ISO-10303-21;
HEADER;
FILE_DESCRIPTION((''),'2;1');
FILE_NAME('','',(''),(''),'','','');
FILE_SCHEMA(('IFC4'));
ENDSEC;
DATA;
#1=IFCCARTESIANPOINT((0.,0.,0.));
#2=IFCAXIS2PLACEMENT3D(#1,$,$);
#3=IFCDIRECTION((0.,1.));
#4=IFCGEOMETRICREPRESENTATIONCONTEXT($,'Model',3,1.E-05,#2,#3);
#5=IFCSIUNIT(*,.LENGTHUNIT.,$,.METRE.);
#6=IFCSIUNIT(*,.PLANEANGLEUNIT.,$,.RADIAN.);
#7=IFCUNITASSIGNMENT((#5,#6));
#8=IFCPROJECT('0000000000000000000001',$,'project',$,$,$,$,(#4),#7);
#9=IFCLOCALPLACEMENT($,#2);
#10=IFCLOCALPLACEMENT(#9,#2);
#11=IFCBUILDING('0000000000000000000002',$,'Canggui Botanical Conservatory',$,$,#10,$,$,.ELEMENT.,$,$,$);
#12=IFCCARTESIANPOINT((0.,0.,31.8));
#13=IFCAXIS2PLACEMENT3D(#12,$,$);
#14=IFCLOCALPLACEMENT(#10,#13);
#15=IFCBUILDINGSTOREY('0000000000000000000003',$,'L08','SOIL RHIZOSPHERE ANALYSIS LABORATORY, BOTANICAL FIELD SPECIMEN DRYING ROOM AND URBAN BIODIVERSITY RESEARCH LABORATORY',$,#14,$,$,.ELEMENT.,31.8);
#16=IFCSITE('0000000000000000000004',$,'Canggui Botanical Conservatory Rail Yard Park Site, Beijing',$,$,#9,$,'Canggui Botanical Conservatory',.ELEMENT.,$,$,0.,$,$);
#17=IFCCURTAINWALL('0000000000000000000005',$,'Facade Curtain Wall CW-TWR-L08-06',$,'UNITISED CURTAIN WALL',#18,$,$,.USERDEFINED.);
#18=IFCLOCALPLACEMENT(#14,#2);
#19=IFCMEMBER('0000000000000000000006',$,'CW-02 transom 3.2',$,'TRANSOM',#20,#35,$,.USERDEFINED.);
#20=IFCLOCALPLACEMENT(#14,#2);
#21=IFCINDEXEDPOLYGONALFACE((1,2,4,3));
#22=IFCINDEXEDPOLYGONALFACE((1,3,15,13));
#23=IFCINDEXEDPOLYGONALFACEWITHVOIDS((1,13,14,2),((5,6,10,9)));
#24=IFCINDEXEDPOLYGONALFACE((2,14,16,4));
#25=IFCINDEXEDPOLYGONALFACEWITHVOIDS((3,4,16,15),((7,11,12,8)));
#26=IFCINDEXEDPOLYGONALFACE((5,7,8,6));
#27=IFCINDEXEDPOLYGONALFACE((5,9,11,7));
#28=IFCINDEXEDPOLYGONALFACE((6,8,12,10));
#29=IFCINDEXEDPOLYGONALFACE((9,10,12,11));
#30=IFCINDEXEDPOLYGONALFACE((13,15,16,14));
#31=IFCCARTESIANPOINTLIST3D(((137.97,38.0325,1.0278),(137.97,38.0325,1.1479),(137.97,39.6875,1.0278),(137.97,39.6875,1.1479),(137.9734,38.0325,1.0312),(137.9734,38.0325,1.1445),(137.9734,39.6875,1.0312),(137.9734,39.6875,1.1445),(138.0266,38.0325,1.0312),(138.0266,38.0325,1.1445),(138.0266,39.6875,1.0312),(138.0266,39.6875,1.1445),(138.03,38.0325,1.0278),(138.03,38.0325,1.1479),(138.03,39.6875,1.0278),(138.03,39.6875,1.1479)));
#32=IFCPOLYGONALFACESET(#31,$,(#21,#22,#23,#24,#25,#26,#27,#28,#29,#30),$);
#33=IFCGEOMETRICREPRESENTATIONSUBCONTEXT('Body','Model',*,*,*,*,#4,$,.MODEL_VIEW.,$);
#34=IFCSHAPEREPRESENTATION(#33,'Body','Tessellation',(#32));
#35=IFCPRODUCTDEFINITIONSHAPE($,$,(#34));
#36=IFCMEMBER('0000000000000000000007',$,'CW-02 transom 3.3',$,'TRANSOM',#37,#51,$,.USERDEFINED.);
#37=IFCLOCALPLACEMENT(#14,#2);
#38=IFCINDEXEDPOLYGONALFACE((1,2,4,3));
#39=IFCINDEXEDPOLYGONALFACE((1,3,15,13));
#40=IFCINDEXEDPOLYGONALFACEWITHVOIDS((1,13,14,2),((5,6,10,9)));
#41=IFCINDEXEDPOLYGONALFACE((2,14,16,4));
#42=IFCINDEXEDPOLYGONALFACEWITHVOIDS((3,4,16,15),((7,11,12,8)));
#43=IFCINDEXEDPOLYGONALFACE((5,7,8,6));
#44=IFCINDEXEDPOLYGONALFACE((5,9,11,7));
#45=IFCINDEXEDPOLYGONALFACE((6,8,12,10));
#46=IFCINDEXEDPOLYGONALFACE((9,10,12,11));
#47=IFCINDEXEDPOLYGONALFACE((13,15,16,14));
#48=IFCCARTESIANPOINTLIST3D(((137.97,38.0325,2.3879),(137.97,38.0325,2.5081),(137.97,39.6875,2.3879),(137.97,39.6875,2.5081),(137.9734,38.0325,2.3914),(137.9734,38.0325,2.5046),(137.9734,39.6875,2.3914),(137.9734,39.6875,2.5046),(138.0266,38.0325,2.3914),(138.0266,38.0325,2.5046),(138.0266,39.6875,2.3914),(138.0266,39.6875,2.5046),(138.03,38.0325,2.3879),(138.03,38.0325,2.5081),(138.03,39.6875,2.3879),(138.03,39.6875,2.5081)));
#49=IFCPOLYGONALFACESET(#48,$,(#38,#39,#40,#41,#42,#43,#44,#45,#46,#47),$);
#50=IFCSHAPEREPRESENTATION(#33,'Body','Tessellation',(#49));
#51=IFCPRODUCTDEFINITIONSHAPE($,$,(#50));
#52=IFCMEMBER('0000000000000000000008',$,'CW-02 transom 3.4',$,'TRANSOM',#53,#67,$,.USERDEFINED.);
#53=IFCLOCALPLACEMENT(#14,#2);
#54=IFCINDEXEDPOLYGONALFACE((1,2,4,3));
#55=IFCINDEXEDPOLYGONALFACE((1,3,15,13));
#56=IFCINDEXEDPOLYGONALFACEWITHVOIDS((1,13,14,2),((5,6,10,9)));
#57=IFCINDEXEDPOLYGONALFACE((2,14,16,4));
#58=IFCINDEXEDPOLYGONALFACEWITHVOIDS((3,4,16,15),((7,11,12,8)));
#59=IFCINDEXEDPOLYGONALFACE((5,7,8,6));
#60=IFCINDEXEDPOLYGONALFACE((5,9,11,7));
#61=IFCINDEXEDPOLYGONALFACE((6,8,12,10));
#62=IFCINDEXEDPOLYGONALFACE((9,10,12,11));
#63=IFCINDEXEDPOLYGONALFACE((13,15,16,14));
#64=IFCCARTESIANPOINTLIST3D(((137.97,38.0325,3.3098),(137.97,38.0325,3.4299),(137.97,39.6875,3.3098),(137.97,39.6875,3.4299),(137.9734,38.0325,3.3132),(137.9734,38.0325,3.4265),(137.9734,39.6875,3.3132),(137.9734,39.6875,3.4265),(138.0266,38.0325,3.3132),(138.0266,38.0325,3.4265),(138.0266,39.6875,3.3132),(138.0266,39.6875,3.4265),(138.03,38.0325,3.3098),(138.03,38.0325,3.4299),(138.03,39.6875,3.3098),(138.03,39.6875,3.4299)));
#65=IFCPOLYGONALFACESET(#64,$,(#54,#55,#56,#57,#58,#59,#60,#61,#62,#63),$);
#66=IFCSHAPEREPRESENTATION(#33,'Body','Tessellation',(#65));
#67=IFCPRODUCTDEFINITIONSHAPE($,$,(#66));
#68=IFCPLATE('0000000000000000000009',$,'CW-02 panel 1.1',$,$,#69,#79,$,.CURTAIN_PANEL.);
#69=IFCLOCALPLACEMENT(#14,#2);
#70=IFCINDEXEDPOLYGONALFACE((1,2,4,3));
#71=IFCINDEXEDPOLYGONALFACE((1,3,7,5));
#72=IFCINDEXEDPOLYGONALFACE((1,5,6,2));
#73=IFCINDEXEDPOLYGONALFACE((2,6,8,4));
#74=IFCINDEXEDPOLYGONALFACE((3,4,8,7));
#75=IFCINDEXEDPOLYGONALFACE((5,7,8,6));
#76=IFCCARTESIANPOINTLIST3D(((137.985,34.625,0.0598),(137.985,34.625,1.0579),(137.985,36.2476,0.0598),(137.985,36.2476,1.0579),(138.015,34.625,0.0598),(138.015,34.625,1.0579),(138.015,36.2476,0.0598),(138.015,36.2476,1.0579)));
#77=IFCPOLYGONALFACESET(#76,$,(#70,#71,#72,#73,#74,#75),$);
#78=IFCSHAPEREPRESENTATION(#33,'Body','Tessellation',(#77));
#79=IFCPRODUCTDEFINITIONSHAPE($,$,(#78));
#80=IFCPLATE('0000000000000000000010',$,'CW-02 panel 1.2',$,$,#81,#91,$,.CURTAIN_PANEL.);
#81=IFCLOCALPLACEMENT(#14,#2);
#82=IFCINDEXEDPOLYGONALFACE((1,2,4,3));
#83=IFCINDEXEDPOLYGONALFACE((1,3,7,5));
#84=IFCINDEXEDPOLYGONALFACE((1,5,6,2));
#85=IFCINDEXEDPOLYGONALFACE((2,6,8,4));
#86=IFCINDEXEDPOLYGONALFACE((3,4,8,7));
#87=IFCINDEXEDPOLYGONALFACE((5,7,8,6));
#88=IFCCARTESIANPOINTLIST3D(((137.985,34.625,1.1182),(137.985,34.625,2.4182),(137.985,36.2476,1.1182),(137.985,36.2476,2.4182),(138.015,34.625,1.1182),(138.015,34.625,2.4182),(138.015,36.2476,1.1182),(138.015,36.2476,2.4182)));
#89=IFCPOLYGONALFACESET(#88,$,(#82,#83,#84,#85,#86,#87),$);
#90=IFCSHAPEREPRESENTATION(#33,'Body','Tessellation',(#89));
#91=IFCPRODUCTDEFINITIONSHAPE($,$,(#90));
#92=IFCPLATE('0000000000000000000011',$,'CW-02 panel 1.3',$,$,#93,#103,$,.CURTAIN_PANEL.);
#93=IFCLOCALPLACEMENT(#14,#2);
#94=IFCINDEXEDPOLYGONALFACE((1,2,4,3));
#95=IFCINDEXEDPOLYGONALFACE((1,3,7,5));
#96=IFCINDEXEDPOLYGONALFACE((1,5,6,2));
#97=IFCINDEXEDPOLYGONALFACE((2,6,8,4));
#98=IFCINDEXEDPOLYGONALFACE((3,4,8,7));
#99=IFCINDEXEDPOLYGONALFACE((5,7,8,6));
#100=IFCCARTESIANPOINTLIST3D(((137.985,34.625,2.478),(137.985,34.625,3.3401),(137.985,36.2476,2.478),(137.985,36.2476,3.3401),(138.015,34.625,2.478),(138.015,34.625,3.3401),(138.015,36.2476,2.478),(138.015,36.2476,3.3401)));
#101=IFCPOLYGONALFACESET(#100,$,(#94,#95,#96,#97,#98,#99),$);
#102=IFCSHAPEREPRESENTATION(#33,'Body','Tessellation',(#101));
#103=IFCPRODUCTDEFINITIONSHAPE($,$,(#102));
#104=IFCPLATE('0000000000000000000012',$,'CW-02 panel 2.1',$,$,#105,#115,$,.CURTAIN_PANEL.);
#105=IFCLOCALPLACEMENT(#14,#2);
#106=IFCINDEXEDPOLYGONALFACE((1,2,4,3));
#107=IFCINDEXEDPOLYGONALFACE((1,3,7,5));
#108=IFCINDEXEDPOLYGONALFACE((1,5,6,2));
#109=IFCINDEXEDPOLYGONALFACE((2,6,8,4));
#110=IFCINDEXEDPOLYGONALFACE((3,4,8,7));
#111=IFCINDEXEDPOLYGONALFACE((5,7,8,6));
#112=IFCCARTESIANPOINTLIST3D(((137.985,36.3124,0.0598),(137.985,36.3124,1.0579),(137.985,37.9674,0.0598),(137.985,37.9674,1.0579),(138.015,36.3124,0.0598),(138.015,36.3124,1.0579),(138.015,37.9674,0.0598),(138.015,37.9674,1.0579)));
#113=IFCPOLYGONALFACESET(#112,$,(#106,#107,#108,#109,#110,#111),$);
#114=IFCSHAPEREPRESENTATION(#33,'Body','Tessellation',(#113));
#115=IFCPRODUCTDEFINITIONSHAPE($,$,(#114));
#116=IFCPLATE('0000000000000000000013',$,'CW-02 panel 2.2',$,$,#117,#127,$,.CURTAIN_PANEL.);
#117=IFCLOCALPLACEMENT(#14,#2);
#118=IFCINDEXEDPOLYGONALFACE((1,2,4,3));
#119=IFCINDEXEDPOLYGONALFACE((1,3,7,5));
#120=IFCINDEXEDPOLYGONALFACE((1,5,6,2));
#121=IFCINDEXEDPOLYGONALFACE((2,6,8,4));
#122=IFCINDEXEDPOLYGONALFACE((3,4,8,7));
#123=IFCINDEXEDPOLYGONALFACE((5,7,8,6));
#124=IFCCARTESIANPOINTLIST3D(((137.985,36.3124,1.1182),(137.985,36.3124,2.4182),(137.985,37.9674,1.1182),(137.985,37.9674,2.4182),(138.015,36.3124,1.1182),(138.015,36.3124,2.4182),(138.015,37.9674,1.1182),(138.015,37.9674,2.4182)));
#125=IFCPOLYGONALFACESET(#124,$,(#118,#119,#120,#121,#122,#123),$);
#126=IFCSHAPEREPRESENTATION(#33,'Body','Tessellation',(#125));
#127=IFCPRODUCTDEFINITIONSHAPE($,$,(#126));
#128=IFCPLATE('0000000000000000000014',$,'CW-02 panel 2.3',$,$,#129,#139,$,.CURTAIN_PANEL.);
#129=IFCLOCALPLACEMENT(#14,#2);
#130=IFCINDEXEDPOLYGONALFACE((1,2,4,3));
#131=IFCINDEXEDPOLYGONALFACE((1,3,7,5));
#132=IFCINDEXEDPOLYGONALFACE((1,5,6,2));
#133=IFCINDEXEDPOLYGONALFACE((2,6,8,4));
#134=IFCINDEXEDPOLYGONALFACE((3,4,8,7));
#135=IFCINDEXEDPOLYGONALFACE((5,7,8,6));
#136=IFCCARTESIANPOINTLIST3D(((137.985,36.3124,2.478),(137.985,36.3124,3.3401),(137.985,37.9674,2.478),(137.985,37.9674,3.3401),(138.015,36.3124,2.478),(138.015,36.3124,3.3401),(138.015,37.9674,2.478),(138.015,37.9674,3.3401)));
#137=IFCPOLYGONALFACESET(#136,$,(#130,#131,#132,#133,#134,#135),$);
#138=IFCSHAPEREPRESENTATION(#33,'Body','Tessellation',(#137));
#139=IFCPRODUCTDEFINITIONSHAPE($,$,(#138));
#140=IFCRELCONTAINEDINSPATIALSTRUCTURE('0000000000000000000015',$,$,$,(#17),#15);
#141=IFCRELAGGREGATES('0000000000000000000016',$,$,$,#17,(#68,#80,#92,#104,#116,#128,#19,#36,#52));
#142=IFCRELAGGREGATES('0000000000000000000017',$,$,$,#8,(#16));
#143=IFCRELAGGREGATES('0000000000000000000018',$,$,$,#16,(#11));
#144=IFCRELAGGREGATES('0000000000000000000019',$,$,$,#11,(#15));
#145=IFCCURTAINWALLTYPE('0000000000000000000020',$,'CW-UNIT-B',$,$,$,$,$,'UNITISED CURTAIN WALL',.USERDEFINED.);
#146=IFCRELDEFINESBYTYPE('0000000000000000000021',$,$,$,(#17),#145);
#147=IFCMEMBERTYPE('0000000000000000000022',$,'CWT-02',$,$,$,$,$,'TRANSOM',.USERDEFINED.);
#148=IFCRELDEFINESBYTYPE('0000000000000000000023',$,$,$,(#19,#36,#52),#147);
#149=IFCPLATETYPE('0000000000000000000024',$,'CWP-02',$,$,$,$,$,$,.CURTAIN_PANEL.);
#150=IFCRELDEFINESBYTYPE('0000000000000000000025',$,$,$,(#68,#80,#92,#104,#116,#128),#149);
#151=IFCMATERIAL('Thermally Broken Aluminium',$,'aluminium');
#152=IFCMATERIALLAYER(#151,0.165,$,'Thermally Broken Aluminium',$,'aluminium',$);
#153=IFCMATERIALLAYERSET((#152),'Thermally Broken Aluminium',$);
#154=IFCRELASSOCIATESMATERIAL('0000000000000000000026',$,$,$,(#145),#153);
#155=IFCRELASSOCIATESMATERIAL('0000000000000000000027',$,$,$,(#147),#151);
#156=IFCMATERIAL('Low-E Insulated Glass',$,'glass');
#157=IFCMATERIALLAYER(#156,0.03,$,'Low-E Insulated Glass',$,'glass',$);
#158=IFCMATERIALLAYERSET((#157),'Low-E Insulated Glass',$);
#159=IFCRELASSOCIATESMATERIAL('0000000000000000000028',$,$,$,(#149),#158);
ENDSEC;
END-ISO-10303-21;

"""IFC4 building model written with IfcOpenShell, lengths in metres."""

from ifc_helpers import new_model, si_unit, direction, frame, origin, origin_2d, place, context, subcontext, project, spatial, rectangle, hollow_rectangle, extrude, material, layer, layer_set, material_profile, profile_set, type_object, element, aggregate, save


model = new_model("IFC4")

# Units and contexts
model_context = context("Model", 3, precision=1e-05, world=origin(), true_north=direction((0.0, 1.0)))
body_context = subcontext(model_context, "Body", "Model", "MODEL_VIEW")
ifc_project = project(units=[si_unit("LENGTHUNIT", "METRE"), si_unit("PLANEANGLEUNIT", "RADIAN")], contexts=[model_context])

# Site, building, storey
site_placement = place(None, origin())
site = spatial("IfcSite", under=ifc_project, at=site_placement, Name="Canggui Botanical Conservatory Rail Yard Park Site, Beijing", LongName="Canggui Botanical Conservatory", CompositionType="ELEMENT", RefElevation=0.0)
building_placement = place(site_placement, origin())
building = spatial("IfcBuilding", under=site, at=building_placement, Name="Canggui Botanical Conservatory", CompositionType="ELEMENT")
storey_placement = place(building_placement, frame((0.0, 0.0, 31.8)))
storey = spatial("IfcBuildingStorey", under=building, at=storey_placement, Name="L08", Description="SOIL RHIZOSPHERE ANALYSIS LABORATORY, BOTANICAL FIELD SPECIMEN DRYING ROOM AND URBAN BIODIVERSITY RESEARCH LABORATORY", CompositionType="ELEMENT", Elevation=31.8)

# Curtain wall, members, plates
ifc_material_1 = material(Name="Thermally Broken Aluminium", Category="aluminium")
ifc_layer_1 = layer(ifc_material_1, 0.165, Name="Thermally Broken Aluminium", Category="aluminium")
ifc_layer_set_1 = layer_set([ifc_layer_1], Name="Thermally Broken Aluminium")
curtain_wall_type = type_object("IfcCurtainWallType", Name="CW-UNIT-B", ElementType="UNITISED CURTAIN WALL", PredefinedType="USERDEFINED", material=ifc_layer_set_1)
curtain_wall_placement = place(storey_placement, origin())
curtain_wall = element("IfcCurtainWall", 1, at=curtain_wall_placement, inside=storey, type_object=curtain_wall_type, Name="Facade Curtain Wall CW-TWR-L08-06", ObjectType="UNITISED CURTAIN WALL", PredefinedType="USERDEFINED")
ifc_material_profile_1 = material_profile(ifc_material_1, hollow_rectangle(XDim=0.0601, YDim=0.1201, WallThickness=0.0034, at=origin_2d()), Name="CWT 60x120x3.5")
ifc_profile_set_1 = profile_set([ifc_material_profile_1], Name="Thermally Broken Aluminium")
member_type_1 = type_object("IfcMemberType", Name="CWT-02", ElementType="TRANSOM", PredefinedType="USERDEFINED", material=ifc_profile_set_1)
member_1_placement = place(storey_placement, frame((138.0, 38.0325, 1.0879), z_axis=(0.0, 1.0, 0.0), x_axis=(-1.0, 0.0, 0.0)))
member_1 = element("IfcMember", 2, at=member_1_placement, type_object=member_type_1, Name="CW-02 transom 3.2", ObjectType="TRANSOM", PredefinedType="USERDEFINED", context=body_context, shape_type="SweptSolid", body=[
    extrude(hollow_rectangle(XDim=0.0601, YDim=0.1201, WallThickness=0.0034, at=origin_2d()), origin(), (0.0, 0.0, 1.0), 1.655),
])
member_2_placement = place(storey_placement, frame((138.0, 38.0325, 2.448), z_axis=(0.0, 1.0, 0.0), x_axis=(-1.0, 0.0, 0.0)))
member_2 = element("IfcMember", 3, at=member_2_placement, type_object=member_type_1, Name="CW-02 transom 3.3", ObjectType="TRANSOM", PredefinedType="USERDEFINED", context=body_context, shape_type="SweptSolid", body=[
    extrude(hollow_rectangle(XDim=0.0601, YDim=0.1201, WallThickness=0.0034, at=origin_2d()), origin(), (0.0, 0.0, 1.0), 1.655),
])
member_3_placement = place(storey_placement, frame((138.0, 38.0325, 3.3699), z_axis=(0.0, 1.0, 0.0), x_axis=(-1.0, 0.0, 0.0)))
member_3 = element("IfcMember", 4, at=member_3_placement, type_object=member_type_1, Name="CW-02 transom 3.4", ObjectType="TRANSOM", PredefinedType="USERDEFINED", context=body_context, shape_type="SweptSolid", body=[
    extrude(hollow_rectangle(XDim=0.0601, YDim=0.1201, WallThickness=0.0034, at=origin_2d()), origin(), (0.0, 0.0, 1.0), 1.655),
])
ifc_material_2 = material(Name="Low-E Insulated Glass", Category="glass")
ifc_layer_2 = layer(ifc_material_2, 0.03, Name="Low-E Insulated Glass", Category="glass")
ifc_layer_set_2 = layer_set([ifc_layer_2], Name="Low-E Insulated Glass")
plate_type = type_object("IfcPlateType", Name="CWP-02", PredefinedType="CURTAIN_PANEL", material=ifc_layer_set_2)
plate_1_placement = place(storey_placement, frame((138.0, 35.4363, 0.0598), z_axis=(0.0, 0.0, 1.0), x_axis=(0.0, 1.0, 0.0)))
plate_1 = element("IfcPlate", 5, at=plate_1_placement, type_object=plate_type, Name="CW-02 panel 1.1", PredefinedType="CURTAIN_PANEL", context=body_context, shape_type="SweptSolid", body=[
    extrude(rectangle(XDim=1.6226, YDim=0.03, at=origin_2d()), origin(), (0.0, 0.0, 1.0), 0.998),
])
plate_2_placement = place(storey_placement, frame((138.0, 35.4363, 1.1182), z_axis=(0.0, 0.0, 1.0), x_axis=(0.0, 1.0, 0.0)))
plate_2 = element("IfcPlate", 6, at=plate_2_placement, type_object=plate_type, Name="CW-02 panel 1.2", PredefinedType="CURTAIN_PANEL", context=body_context, shape_type="SweptSolid", body=[
    extrude(rectangle(XDim=1.6226, YDim=0.03, at=origin_2d()), origin(), (0.0, 0.0, 1.0), 1.3),
])
plate_3_placement = place(storey_placement, frame((138.0, 35.4363, 2.478), z_axis=(0.0, 0.0, 1.0), x_axis=(0.0, 1.0, 0.0)))
plate_3 = element("IfcPlate", 7, at=plate_3_placement, type_object=plate_type, Name="CW-02 panel 1.3", PredefinedType="CURTAIN_PANEL", context=body_context, shape_type="SweptSolid", body=[
    extrude(rectangle(XDim=1.6226, YDim=0.03, at=origin_2d()), origin(), (0.0, 0.0, 1.0), 0.8621),
])
plate_4_placement = place(storey_placement, frame((138.0, 37.1399, 0.0598), z_axis=(0.0, 0.0, 1.0), x_axis=(0.0, 1.0, 0.0)))
plate_4 = element("IfcPlate", 8, at=plate_4_placement, type_object=plate_type, Name="CW-02 panel 2.1", PredefinedType="CURTAIN_PANEL", context=body_context, shape_type="SweptSolid", body=[
    extrude(rectangle(XDim=1.655, YDim=0.03, at=origin_2d()), origin(), (0.0, 0.0, 1.0), 0.998),
])
plate_5_placement = place(storey_placement, frame((138.0, 37.1399, 1.1182), z_axis=(0.0, 0.0, 1.0), x_axis=(0.0, 1.0, 0.0)))
plate_5 = element("IfcPlate", 9, at=plate_5_placement, type_object=plate_type, Name="CW-02 panel 2.2", PredefinedType="CURTAIN_PANEL", context=body_context, shape_type="SweptSolid", body=[
    extrude(rectangle(XDim=1.655, YDim=0.03, at=origin_2d()), origin(), (0.0, 0.0, 1.0), 1.3),
])
plate_6_placement = place(storey_placement, frame((138.0, 37.1399, 2.478), z_axis=(0.0, 0.0, 1.0), x_axis=(0.0, 1.0, 0.0)))
plate_6 = element("IfcPlate", 10, at=plate_6_placement, type_object=plate_type, Name="CW-02 panel 2.3", PredefinedType="CURTAIN_PANEL", context=body_context, shape_type="SweptSolid", body=[
    extrude(rectangle(XDim=1.655, YDim=0.03, at=origin_2d()), origin(), (0.0, 0.0, 1.0), 0.8621),
])
aggregate(curtain_wall, [plate_1, plate_2, plate_3, plate_4, plate_5, plate_6, member_1, member_2, member_3])

save(model, "model.ifc")
